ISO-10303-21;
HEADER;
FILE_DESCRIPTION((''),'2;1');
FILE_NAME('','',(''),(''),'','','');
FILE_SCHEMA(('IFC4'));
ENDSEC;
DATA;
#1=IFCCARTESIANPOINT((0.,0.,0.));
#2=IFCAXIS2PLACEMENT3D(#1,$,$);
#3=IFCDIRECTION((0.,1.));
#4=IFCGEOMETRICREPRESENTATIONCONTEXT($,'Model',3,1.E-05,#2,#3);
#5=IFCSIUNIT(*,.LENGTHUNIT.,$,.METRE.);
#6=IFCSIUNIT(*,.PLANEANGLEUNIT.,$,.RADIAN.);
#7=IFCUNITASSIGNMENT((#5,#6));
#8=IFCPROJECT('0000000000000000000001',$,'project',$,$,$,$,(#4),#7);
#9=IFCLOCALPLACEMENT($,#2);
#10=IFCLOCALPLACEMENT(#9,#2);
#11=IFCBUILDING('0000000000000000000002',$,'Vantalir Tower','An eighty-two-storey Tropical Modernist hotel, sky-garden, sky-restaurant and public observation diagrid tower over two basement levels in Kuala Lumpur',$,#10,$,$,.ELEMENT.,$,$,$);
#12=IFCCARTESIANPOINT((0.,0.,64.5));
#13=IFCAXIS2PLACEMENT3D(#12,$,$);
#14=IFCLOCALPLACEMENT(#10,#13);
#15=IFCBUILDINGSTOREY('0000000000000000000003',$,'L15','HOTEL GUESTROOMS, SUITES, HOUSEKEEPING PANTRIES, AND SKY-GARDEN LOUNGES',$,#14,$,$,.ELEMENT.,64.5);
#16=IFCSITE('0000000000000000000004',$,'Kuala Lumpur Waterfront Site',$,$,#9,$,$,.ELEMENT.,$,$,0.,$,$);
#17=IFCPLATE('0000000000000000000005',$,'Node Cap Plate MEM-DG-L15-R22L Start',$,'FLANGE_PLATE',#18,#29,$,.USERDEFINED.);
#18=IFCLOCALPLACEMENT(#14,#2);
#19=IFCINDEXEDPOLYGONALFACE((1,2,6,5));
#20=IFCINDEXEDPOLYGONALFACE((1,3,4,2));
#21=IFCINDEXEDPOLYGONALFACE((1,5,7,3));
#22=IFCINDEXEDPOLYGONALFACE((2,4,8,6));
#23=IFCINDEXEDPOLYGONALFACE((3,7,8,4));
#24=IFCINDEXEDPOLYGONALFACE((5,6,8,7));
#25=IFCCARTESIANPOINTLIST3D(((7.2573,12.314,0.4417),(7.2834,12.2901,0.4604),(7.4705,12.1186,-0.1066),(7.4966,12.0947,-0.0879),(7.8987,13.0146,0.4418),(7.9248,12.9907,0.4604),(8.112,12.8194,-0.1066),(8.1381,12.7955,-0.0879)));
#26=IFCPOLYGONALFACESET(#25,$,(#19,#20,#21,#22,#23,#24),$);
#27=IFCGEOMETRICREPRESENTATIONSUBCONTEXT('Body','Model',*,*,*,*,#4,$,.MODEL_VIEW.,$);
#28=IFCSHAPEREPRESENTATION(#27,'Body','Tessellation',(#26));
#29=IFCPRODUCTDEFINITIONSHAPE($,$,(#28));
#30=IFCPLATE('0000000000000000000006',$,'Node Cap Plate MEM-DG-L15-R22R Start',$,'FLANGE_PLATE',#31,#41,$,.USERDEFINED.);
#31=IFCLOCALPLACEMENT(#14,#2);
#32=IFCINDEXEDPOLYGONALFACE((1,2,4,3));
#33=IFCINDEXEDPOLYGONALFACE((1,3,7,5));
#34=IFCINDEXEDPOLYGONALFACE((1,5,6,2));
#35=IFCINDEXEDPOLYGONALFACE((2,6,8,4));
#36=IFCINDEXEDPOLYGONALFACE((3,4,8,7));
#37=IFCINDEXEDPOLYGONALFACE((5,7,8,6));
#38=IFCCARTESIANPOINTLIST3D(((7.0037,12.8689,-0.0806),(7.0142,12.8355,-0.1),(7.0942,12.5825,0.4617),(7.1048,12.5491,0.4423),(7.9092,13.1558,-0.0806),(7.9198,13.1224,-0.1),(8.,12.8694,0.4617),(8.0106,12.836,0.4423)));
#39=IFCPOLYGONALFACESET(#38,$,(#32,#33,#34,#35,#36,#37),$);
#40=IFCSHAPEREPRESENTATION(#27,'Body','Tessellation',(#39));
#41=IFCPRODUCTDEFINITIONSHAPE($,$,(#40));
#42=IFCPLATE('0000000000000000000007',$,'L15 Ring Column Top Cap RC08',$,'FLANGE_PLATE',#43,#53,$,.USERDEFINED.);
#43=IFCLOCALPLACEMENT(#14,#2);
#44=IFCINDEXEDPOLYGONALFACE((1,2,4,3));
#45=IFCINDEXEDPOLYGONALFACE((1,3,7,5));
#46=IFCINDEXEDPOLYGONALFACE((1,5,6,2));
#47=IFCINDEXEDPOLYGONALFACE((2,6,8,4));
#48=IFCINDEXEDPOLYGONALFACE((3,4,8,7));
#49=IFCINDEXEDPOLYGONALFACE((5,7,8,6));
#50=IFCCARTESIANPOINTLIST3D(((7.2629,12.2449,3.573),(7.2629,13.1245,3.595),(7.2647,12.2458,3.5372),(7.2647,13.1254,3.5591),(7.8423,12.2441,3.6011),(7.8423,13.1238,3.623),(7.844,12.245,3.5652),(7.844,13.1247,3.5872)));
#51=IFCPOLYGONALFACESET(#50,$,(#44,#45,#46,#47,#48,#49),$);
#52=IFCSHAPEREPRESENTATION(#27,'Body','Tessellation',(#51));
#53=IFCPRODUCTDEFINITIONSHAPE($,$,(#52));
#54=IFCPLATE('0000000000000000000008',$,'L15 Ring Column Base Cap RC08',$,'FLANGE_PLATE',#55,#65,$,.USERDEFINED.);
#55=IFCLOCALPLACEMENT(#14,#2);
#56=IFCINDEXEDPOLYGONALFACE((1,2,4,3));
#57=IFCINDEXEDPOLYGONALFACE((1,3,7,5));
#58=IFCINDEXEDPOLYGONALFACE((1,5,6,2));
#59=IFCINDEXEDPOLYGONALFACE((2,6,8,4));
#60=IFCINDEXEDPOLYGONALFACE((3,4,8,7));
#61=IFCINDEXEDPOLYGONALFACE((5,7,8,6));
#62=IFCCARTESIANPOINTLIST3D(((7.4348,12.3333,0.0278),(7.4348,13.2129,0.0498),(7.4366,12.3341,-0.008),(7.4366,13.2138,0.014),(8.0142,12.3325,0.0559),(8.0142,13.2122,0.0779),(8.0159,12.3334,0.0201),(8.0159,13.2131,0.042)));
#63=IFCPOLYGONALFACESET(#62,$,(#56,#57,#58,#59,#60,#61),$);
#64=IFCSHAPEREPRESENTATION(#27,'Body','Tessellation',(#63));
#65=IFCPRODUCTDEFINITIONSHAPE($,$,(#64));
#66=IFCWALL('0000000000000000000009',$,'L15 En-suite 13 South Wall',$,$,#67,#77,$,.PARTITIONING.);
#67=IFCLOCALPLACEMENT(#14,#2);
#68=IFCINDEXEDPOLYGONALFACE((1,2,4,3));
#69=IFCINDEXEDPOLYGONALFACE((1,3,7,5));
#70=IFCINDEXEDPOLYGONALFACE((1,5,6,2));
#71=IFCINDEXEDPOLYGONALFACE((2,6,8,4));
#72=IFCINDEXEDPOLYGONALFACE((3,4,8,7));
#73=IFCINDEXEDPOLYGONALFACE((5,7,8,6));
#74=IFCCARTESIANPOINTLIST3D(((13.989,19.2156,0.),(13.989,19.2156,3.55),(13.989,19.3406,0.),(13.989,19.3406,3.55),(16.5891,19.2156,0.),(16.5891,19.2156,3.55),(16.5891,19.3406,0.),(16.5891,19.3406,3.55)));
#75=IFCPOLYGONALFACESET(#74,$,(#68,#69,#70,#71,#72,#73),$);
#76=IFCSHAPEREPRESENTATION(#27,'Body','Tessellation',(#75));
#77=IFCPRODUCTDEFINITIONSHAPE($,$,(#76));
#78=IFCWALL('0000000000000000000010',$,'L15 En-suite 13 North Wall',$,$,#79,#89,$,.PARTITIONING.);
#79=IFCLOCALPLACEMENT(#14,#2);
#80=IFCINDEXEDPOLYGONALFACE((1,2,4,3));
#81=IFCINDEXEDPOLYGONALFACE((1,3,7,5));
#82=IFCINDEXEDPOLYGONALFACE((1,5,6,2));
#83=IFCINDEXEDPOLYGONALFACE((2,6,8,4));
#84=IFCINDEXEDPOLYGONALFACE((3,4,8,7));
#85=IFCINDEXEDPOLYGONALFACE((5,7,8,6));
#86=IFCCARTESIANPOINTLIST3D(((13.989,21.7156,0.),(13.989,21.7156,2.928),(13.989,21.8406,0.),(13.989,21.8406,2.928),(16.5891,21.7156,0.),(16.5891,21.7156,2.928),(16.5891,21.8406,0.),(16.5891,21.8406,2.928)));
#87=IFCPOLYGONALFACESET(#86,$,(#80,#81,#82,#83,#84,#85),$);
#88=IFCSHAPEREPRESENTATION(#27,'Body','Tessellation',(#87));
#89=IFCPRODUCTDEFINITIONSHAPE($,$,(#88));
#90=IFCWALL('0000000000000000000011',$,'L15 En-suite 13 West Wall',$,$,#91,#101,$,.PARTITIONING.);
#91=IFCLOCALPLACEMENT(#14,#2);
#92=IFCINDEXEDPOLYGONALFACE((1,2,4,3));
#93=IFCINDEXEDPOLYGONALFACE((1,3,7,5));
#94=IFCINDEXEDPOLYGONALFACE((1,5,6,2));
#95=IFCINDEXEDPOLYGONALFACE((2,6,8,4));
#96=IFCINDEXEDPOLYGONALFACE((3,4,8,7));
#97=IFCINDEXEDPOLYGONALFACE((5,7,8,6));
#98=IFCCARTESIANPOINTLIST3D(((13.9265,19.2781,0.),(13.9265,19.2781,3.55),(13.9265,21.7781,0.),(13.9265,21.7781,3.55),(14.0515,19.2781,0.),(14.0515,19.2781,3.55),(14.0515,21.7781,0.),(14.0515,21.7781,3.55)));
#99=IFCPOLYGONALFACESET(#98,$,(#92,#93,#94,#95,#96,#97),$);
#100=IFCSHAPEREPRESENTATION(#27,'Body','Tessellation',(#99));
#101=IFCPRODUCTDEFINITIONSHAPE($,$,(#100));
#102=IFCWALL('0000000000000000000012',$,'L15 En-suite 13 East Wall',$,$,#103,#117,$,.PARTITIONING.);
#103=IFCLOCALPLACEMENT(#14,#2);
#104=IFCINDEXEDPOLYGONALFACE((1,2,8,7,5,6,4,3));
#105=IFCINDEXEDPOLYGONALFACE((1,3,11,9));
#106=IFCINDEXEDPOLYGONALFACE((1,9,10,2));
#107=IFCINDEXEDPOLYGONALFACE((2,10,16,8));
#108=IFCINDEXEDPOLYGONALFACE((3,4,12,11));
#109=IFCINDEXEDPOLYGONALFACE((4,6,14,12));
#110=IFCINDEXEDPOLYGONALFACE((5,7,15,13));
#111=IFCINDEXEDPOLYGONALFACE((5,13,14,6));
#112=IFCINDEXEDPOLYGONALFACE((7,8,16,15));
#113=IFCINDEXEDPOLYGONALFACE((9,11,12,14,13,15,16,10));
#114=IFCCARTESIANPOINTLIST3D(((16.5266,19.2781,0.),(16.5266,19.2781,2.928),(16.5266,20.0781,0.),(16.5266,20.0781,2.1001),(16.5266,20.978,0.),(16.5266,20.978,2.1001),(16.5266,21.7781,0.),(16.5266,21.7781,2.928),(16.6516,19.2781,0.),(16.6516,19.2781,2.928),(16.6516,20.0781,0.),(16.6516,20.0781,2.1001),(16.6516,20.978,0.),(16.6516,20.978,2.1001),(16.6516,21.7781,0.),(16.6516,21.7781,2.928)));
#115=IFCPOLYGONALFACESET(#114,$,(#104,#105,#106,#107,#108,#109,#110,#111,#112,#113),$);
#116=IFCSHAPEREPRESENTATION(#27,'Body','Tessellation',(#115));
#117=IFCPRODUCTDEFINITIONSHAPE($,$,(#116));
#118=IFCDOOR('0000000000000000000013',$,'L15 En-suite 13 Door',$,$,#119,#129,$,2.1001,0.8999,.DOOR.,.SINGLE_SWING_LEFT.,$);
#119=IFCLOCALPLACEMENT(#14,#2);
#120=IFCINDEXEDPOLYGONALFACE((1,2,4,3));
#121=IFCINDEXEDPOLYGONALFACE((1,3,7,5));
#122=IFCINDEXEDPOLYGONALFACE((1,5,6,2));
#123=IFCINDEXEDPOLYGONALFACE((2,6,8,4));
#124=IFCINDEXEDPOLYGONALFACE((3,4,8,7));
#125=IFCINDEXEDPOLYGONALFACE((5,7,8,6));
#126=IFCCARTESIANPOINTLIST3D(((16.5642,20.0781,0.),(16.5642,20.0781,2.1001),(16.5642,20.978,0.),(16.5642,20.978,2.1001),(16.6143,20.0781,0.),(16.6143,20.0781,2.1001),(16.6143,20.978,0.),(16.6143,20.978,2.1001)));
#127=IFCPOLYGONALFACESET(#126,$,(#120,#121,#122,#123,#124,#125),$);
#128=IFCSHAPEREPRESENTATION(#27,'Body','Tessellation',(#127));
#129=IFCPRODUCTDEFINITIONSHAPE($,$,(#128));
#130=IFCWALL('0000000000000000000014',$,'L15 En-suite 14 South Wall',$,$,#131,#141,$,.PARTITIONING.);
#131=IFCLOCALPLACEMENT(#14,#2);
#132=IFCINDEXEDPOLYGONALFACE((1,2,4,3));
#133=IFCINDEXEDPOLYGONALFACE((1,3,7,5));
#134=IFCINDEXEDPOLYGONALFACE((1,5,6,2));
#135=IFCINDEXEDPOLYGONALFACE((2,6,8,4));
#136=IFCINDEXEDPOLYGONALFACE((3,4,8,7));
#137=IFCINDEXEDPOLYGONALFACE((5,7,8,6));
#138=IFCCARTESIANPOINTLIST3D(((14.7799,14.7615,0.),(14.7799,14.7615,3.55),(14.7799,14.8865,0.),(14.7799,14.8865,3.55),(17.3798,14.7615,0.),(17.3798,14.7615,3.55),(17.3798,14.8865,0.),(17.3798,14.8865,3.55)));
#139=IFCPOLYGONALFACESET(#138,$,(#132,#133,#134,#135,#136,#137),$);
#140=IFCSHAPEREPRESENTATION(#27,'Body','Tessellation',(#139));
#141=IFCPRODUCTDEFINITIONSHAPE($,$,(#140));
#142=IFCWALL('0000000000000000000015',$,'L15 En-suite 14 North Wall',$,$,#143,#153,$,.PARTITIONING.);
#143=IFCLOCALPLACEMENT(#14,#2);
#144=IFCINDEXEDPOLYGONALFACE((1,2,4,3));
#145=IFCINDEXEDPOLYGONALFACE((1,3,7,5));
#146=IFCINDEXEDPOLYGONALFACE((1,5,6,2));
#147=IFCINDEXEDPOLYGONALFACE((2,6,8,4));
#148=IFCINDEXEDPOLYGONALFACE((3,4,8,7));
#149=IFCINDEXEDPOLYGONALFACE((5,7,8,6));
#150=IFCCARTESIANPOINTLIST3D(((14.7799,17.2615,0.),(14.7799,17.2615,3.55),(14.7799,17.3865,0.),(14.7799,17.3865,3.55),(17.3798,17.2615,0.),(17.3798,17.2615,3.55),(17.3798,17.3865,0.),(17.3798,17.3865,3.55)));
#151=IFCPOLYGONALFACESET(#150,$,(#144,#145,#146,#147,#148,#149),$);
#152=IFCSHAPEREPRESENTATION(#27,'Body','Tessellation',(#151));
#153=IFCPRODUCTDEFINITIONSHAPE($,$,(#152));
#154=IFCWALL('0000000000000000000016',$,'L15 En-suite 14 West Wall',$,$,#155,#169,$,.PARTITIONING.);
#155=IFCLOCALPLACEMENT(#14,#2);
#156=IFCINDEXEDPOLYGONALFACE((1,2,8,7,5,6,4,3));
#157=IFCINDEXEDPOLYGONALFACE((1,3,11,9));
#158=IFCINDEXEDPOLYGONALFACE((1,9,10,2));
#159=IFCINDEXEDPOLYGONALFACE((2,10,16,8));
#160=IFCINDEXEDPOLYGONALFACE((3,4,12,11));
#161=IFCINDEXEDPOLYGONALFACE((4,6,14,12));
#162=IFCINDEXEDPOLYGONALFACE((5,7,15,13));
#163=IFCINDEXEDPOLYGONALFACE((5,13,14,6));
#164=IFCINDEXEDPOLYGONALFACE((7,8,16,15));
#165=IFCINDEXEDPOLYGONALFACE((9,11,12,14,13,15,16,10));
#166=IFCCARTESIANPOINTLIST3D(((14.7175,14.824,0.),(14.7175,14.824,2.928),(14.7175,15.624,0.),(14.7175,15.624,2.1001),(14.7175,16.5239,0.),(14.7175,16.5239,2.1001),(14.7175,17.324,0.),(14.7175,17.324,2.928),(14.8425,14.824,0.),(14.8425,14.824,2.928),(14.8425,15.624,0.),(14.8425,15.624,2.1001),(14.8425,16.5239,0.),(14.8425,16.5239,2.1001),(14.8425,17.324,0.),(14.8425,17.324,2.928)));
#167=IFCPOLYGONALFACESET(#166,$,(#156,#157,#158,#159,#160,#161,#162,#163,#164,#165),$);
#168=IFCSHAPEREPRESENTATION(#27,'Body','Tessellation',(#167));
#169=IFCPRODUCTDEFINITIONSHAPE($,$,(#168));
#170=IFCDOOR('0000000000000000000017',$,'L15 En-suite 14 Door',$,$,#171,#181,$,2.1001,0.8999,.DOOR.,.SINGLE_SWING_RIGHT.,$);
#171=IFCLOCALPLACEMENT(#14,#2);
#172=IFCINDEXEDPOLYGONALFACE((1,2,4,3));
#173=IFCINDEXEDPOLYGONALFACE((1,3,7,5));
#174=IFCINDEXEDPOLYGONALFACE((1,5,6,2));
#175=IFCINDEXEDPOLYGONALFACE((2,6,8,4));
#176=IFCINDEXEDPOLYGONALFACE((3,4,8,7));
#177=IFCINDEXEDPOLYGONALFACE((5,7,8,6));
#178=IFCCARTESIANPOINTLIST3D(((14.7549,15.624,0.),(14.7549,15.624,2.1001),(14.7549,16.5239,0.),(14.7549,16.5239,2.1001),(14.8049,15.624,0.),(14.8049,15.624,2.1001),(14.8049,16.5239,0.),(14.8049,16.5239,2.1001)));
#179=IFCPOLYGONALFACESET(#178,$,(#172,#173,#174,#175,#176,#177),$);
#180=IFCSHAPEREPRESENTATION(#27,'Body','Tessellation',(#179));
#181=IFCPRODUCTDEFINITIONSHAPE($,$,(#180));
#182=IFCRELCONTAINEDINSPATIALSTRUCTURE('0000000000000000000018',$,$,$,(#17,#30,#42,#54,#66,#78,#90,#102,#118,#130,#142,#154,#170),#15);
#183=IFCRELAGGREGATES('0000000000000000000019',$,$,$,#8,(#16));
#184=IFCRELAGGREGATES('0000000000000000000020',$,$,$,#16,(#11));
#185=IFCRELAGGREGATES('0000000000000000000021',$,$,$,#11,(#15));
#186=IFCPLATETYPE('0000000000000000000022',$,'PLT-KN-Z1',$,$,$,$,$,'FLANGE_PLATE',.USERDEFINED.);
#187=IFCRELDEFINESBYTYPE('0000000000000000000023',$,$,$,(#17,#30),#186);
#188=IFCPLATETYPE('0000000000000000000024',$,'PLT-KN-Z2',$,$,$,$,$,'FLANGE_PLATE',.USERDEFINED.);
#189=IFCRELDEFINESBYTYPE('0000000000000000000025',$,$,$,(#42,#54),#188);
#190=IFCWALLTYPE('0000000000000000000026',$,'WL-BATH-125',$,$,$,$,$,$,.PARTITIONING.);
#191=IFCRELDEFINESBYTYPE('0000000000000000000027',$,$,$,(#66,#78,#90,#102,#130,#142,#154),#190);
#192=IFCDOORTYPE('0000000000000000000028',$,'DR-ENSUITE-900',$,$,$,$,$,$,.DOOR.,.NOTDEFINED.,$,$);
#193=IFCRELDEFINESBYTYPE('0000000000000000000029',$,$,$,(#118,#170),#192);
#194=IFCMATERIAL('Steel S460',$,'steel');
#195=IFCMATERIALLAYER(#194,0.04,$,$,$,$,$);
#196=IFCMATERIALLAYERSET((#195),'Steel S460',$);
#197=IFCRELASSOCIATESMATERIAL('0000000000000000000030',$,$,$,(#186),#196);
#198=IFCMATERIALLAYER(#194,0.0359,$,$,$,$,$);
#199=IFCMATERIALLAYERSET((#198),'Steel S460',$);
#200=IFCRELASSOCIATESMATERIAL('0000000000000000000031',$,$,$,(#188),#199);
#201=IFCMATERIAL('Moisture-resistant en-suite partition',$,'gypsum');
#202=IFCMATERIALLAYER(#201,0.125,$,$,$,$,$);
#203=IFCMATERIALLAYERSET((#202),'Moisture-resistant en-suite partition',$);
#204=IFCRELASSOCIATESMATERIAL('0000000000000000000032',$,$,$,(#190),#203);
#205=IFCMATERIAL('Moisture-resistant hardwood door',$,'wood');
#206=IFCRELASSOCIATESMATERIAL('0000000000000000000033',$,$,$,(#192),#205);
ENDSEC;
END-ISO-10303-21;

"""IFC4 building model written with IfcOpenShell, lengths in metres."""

from ifc_helpers import new_model, si_unit, direction, frame, frame_2d, origin, place, context, subcontext, project, spatial, polyline, rectangle, outline, extrude, material, layer, layer_set, type_object, element, fill, save


model = new_model("IFC4")

# Units and contexts
model_context = context("Model", 3, precision=1e-05, world=origin(), true_north=direction((0.0, 1.0)))
body_context = subcontext(model_context, "Body", "Model", "MODEL_VIEW")
ifc_project = project(units=[si_unit("LENGTHUNIT", "METRE"), si_unit("PLANEANGLEUNIT", "RADIAN")], contexts=[model_context])

# Site, building, storey
site_placement = place(None, origin())
site = spatial("IfcSite", under=ifc_project, at=site_placement, Name="Kuala Lumpur Waterfront Site", CompositionType="ELEMENT", RefElevation=0.0)
building_placement = place(site_placement, origin())
building = spatial("IfcBuilding", under=site, at=building_placement, Name="Vantalir Tower", Description="An eighty-two-storey Tropical Modernist hotel, sky-garden, sky-restaurant and public observation diagrid tower over two basement levels in Kuala Lumpur", CompositionType="ELEMENT")
storey_placement = place(building_placement, frame((0.0, 0.0, 64.5)))
storey = spatial("IfcBuildingStorey", under=building, at=storey_placement, Name="L15", Description="HOTEL GUESTROOMS, SUITES, HOUSEKEEPING PANTRIES, AND SKY-GARDEN LOUNGES", CompositionType="ELEMENT", Elevation=64.5)

# Shared definitions
ifc_material_1 = material(Name="Steel S460", Category="steel")

# Plates
ifc_layer_1 = layer(ifc_material_1, 0.04)
ifc_layer_set_1 = layer_set([ifc_layer_1], Name="Steel S460")
plate_type_1 = type_object("IfcPlateType", Name="PLT-KN-Z1", ElementType="FLANGE_PLATE", PredefinedType="USERDEFINED", material=ifc_layer_set_1)
plate_1_placement = place(storey_placement, frame((7.4966, 12.0947, -0.0879), z_axis=(0.652414, -0.597288, 0.46648), x_axis=(0.675274, 0.737567, -0.000039)))
element("IfcPlate", 1, at=plate_1_placement, inside=storey, type_object=plate_type_1, Name="Node Cap Plate MEM-DG-L15-R22L Start", ObjectType="FLANGE_PLATE", PredefinedType="USERDEFINED", context=body_context, shape_type="SweptSolid", body=[
    extrude(outline(polyline([(0.0, 0.0), (0.9501, 0.0), (0.95, 0.62), (0.0001, 0.6199), (0.0, 0.0)])), origin(), (0.0, 0.0, -1.0), 0.04),
])
plate_2_placement = place(storey_placement, frame((7.9092, 13.1558, -0.0806), z_axis=(-0.264142, 0.833902, 0.4846), x_axis=(-0.953315, -0.301976, 0.000016)))
element("IfcPlate", 2, at=plate_2_placement, inside=storey, type_object=plate_type_1, Name="Node Cap Plate MEM-DG-L15-R22R Start", ObjectType="FLANGE_PLATE", PredefinedType="USERDEFINED", context=body_context, shape_type="SweptSolid", body=[
    extrude(outline(polyline([(0.0, 0.0), (0.9499, 0.0), (0.95, 0.6199), (-0.0001, 0.6199), (0.0, 0.0)])), origin(), (0.0, 0.0, -1.0), 0.04),
])
ifc_layer_2 = layer(ifc_material_1, 0.0359)
ifc_layer_set_2 = layer_set([ifc_layer_2], Name="Steel S460")
plate_type_2 = type_object("IfcPlateType", Name="PLT-KN-Z2", ElementType="FLANGE_PLATE", PredefinedType="USERDEFINED", material=ifc_layer_set_2)
for number, where, z_axis, x_axis, name in (
    (3, (7.2629, 13.1245, 3.595), (-0.048421, -0.024942, 0.998516), (0.0, -0.999688, -0.024971), "L15 Ring Column Top Cap RC08"),
    (4, (7.4348, 13.2129, 0.0498), (-0.048421, -0.024942, 0.998516), (0.0, -0.999688, -0.024971), "L15 Ring Column Base Cap RC08"),
):
    element("IfcPlate", number, at=place(storey_placement, frame(where, z_axis=z_axis, x_axis=x_axis)), inside=storey, type_object=plate_type_2, Name=name, ObjectType="FLANGE_PLATE", PredefinedType="USERDEFINED", context=body_context, shape_type="SweptSolid", body=[
        extrude(outline(polyline([(0.0, 0.0), (0.8799, 0.0), (0.8799, 0.58), (0.0, 0.58), (0.0, 0.0)])), origin(), (0.0, 0.0, -1.0), 0.0359),
    ])

# Walls
ifc_material_2 = material(Name="Moisture-resistant en-suite partition", Category="gypsum")
ifc_layer_3 = layer(ifc_material_2, 0.125)
ifc_layer_set_3 = layer_set([ifc_layer_3], Name="Moisture-resistant en-suite partition")
wall_type = type_object("IfcWallType", Name="WL-BATH-125", PredefinedType="PARTITIONING", material=ifc_layer_set_3)
wall_1_placement = place(storey_placement, frame((13.989, 19.2781, 0.0), z_axis=(0.0, 0.0, 1.0), x_axis=(1.0, 0.0, 0.0)))
element("IfcWall", 5, at=wall_1_placement, inside=storey, type_object=wall_type, Name="L15 En-suite 13 South Wall", PredefinedType="PARTITIONING", context=body_context, shape_type="SweptSolid", body=[
    extrude(rectangle(XDim=2.6001, YDim=0.125, at=frame_2d((1.3, 0.0))), origin(), (0.0, 0.0, 1.0), 3.55),
])
wall_2_placement = place(storey_placement, frame((13.989, 21.7781, 0.0), z_axis=(0.0, 0.0, 1.0), x_axis=(1.0, 0.0, 0.0)))
element("IfcWall", 6, at=wall_2_placement, inside=storey, type_object=wall_type, Name="L15 En-suite 13 North Wall", PredefinedType="PARTITIONING", context=body_context, shape_type="SweptSolid", body=[
    extrude(rectangle(XDim=2.6001, YDim=0.125, at=frame_2d((1.3, 0.0))), origin(), (0.0, 0.0, 1.0), 2.928),
])
wall_3_placement = place(storey_placement, frame((13.989, 19.2781, 0.0), z_axis=(0.0, 0.0, 1.0), x_axis=(0.0, 1.0, 0.0)))
element("IfcWall", 7, at=wall_3_placement, inside=storey, type_object=wall_type, Name="L15 En-suite 13 West Wall", PredefinedType="PARTITIONING", context=body_context, shape_type="SweptSolid", body=[
    extrude(rectangle(XDim=2.5, YDim=0.125, at=frame_2d((1.25, 0.0))), origin(), (0.0, 0.0, 1.0), 3.55),
])

# Wall, opening, door
wall_4_placement = place(storey_placement, frame((16.5891, 19.2781, 0.0), z_axis=(0.0, 0.0, 1.0), x_axis=(0.0, 1.0, 0.0)))
wall_4 = element("IfcWall", 8, at=wall_4_placement, inside=storey, type_object=wall_type, Name="L15 En-suite 13 East Wall", PredefinedType="PARTITIONING", context=body_context, shape_type="SweptSolid", body=[
    extrude(rectangle(XDim=2.5, YDim=0.125, at=frame_2d((1.25, 0.0))), origin(), (0.0, 0.0, 1.0), 2.928),
])
opening_1_placement = place(wall_4_placement, frame((0.8, 0.0, 0.0)))
opening_1 = element("IfcOpeningElement", 9, at=opening_1_placement, cuts=wall_4, PredefinedType="OPENING", context=body_context, shape_type="SweptSolid", body=[
    extrude(rectangle(XDim=0.8999, YDim=2.1001, at=frame_2d((0.45, 1.05))), frame((0.0, 0.0725, 0.0), z_axis=(0.0, -1.0, 0.0), x_axis=(1.0, 0.0, 0.0)), (0.0, 0.0, 1.0), 0.145),
])
ifc_material_3 = material(Name="Moisture-resistant hardwood door", Category="wood")
door_type = type_object("IfcDoorType", Name="DR-ENSUITE-900", OperationType="NOTDEFINED", PredefinedType="DOOR", material=ifc_material_3)
door_1_placement = place(opening_1_placement, origin())
door_1 = element("IfcDoor", 10, at=door_1_placement, inside=storey, type_object=door_type, Name="L15 En-suite 13 Door", OperationType="SINGLE_SWING_LEFT", OverallHeight=2.1001, OverallWidth=0.8999, PredefinedType="DOOR", context=body_context, shape_type="SweptSolid", body=[
    extrude(rectangle(XDim=0.8999, YDim=2.1001, at=frame_2d((0.45, 1.05))), frame((0.0, 0.0249, 0.0), z_axis=(0.0, -1.0, 0.0), x_axis=(1.0, 0.0, 0.0)), (0.0, 0.0, 1.0), 0.05),
])
fill(opening_1, door_1)

# Walls
for number, where, z_axis, x_axis, name in (
    (11, (14.78, 14.824, 0.0), (0.0, 0.0, 1.0), (1.0, 0.0, 0.0), "L15 En-suite 14 South Wall"),
    (12, (14.78, 17.324, 0.0), (0.0, 0.0, 1.0), (1.0, 0.0, 0.0), "L15 En-suite 14 North Wall"),
):
    element("IfcWall", number, at=place(storey_placement, frame(where, z_axis=z_axis, x_axis=x_axis)), inside=storey, type_object=wall_type, Name=name, PredefinedType="PARTITIONING", context=body_context, shape_type="SweptSolid", body=[
        extrude(rectangle(XDim=2.5999, YDim=0.125, at=frame_2d((1.2998, 0.0))), origin(), (0.0, 0.0, 1.0), 3.55),
    ])

# Wall, opening, door
wall_5_placement = place(storey_placement, frame((14.78, 14.824, 0.0), z_axis=(0.0, 0.0, 1.0), x_axis=(0.0, 1.0, 0.0)))
wall_5 = element("IfcWall", 13, at=wall_5_placement, inside=storey, type_object=wall_type, Name="L15 En-suite 14 West Wall", PredefinedType="PARTITIONING", context=body_context, shape_type="SweptSolid", body=[
    extrude(rectangle(XDim=2.5, YDim=0.125, at=frame_2d((1.25, 0.0))), origin(), (0.0, 0.0, 1.0), 2.928),
])
opening_2_placement = place(wall_5_placement, frame((0.8, 0.0, 0.0)))
opening_2 = element("IfcOpeningElement", 14, at=opening_2_placement, cuts=wall_5, PredefinedType="OPENING", context=body_context, shape_type="SweptSolid", body=[
    extrude(rectangle(XDim=0.8999, YDim=2.1001, at=frame_2d((0.45, 1.05))), frame((0.0, 0.0725, 0.0), z_axis=(0.0, -1.0, 0.0), x_axis=(1.0, 0.0, 0.0)), (0.0, 0.0, 1.0), 0.145),
])
door_2_placement = place(opening_2_placement, frame((0.8999, 0.0, 0.0), z_axis=(0.0, 0.0, 1.0), x_axis=(-1.0, 0.0, 0.0)))
door_2 = element("IfcDoor", 15, at=door_2_placement, inside=storey, type_object=door_type, Name="L15 En-suite 14 Door", OperationType="SINGLE_SWING_RIGHT", OverallHeight=2.1001, OverallWidth=0.8999, PredefinedType="DOOR", context=body_context, shape_type="SweptSolid", body=[
    extrude(rectangle(XDim=0.8999, YDim=2.1001, at=frame_2d((0.45, 1.05))), frame((0.0, 0.0249, 0.0), z_axis=(0.0, -1.0, 0.0), x_axis=(1.0, 0.0, 0.0)), (0.0, 0.0, 1.0), 0.05),
])
fill(opening_2, door_2)

save(model, "model.ifc")
